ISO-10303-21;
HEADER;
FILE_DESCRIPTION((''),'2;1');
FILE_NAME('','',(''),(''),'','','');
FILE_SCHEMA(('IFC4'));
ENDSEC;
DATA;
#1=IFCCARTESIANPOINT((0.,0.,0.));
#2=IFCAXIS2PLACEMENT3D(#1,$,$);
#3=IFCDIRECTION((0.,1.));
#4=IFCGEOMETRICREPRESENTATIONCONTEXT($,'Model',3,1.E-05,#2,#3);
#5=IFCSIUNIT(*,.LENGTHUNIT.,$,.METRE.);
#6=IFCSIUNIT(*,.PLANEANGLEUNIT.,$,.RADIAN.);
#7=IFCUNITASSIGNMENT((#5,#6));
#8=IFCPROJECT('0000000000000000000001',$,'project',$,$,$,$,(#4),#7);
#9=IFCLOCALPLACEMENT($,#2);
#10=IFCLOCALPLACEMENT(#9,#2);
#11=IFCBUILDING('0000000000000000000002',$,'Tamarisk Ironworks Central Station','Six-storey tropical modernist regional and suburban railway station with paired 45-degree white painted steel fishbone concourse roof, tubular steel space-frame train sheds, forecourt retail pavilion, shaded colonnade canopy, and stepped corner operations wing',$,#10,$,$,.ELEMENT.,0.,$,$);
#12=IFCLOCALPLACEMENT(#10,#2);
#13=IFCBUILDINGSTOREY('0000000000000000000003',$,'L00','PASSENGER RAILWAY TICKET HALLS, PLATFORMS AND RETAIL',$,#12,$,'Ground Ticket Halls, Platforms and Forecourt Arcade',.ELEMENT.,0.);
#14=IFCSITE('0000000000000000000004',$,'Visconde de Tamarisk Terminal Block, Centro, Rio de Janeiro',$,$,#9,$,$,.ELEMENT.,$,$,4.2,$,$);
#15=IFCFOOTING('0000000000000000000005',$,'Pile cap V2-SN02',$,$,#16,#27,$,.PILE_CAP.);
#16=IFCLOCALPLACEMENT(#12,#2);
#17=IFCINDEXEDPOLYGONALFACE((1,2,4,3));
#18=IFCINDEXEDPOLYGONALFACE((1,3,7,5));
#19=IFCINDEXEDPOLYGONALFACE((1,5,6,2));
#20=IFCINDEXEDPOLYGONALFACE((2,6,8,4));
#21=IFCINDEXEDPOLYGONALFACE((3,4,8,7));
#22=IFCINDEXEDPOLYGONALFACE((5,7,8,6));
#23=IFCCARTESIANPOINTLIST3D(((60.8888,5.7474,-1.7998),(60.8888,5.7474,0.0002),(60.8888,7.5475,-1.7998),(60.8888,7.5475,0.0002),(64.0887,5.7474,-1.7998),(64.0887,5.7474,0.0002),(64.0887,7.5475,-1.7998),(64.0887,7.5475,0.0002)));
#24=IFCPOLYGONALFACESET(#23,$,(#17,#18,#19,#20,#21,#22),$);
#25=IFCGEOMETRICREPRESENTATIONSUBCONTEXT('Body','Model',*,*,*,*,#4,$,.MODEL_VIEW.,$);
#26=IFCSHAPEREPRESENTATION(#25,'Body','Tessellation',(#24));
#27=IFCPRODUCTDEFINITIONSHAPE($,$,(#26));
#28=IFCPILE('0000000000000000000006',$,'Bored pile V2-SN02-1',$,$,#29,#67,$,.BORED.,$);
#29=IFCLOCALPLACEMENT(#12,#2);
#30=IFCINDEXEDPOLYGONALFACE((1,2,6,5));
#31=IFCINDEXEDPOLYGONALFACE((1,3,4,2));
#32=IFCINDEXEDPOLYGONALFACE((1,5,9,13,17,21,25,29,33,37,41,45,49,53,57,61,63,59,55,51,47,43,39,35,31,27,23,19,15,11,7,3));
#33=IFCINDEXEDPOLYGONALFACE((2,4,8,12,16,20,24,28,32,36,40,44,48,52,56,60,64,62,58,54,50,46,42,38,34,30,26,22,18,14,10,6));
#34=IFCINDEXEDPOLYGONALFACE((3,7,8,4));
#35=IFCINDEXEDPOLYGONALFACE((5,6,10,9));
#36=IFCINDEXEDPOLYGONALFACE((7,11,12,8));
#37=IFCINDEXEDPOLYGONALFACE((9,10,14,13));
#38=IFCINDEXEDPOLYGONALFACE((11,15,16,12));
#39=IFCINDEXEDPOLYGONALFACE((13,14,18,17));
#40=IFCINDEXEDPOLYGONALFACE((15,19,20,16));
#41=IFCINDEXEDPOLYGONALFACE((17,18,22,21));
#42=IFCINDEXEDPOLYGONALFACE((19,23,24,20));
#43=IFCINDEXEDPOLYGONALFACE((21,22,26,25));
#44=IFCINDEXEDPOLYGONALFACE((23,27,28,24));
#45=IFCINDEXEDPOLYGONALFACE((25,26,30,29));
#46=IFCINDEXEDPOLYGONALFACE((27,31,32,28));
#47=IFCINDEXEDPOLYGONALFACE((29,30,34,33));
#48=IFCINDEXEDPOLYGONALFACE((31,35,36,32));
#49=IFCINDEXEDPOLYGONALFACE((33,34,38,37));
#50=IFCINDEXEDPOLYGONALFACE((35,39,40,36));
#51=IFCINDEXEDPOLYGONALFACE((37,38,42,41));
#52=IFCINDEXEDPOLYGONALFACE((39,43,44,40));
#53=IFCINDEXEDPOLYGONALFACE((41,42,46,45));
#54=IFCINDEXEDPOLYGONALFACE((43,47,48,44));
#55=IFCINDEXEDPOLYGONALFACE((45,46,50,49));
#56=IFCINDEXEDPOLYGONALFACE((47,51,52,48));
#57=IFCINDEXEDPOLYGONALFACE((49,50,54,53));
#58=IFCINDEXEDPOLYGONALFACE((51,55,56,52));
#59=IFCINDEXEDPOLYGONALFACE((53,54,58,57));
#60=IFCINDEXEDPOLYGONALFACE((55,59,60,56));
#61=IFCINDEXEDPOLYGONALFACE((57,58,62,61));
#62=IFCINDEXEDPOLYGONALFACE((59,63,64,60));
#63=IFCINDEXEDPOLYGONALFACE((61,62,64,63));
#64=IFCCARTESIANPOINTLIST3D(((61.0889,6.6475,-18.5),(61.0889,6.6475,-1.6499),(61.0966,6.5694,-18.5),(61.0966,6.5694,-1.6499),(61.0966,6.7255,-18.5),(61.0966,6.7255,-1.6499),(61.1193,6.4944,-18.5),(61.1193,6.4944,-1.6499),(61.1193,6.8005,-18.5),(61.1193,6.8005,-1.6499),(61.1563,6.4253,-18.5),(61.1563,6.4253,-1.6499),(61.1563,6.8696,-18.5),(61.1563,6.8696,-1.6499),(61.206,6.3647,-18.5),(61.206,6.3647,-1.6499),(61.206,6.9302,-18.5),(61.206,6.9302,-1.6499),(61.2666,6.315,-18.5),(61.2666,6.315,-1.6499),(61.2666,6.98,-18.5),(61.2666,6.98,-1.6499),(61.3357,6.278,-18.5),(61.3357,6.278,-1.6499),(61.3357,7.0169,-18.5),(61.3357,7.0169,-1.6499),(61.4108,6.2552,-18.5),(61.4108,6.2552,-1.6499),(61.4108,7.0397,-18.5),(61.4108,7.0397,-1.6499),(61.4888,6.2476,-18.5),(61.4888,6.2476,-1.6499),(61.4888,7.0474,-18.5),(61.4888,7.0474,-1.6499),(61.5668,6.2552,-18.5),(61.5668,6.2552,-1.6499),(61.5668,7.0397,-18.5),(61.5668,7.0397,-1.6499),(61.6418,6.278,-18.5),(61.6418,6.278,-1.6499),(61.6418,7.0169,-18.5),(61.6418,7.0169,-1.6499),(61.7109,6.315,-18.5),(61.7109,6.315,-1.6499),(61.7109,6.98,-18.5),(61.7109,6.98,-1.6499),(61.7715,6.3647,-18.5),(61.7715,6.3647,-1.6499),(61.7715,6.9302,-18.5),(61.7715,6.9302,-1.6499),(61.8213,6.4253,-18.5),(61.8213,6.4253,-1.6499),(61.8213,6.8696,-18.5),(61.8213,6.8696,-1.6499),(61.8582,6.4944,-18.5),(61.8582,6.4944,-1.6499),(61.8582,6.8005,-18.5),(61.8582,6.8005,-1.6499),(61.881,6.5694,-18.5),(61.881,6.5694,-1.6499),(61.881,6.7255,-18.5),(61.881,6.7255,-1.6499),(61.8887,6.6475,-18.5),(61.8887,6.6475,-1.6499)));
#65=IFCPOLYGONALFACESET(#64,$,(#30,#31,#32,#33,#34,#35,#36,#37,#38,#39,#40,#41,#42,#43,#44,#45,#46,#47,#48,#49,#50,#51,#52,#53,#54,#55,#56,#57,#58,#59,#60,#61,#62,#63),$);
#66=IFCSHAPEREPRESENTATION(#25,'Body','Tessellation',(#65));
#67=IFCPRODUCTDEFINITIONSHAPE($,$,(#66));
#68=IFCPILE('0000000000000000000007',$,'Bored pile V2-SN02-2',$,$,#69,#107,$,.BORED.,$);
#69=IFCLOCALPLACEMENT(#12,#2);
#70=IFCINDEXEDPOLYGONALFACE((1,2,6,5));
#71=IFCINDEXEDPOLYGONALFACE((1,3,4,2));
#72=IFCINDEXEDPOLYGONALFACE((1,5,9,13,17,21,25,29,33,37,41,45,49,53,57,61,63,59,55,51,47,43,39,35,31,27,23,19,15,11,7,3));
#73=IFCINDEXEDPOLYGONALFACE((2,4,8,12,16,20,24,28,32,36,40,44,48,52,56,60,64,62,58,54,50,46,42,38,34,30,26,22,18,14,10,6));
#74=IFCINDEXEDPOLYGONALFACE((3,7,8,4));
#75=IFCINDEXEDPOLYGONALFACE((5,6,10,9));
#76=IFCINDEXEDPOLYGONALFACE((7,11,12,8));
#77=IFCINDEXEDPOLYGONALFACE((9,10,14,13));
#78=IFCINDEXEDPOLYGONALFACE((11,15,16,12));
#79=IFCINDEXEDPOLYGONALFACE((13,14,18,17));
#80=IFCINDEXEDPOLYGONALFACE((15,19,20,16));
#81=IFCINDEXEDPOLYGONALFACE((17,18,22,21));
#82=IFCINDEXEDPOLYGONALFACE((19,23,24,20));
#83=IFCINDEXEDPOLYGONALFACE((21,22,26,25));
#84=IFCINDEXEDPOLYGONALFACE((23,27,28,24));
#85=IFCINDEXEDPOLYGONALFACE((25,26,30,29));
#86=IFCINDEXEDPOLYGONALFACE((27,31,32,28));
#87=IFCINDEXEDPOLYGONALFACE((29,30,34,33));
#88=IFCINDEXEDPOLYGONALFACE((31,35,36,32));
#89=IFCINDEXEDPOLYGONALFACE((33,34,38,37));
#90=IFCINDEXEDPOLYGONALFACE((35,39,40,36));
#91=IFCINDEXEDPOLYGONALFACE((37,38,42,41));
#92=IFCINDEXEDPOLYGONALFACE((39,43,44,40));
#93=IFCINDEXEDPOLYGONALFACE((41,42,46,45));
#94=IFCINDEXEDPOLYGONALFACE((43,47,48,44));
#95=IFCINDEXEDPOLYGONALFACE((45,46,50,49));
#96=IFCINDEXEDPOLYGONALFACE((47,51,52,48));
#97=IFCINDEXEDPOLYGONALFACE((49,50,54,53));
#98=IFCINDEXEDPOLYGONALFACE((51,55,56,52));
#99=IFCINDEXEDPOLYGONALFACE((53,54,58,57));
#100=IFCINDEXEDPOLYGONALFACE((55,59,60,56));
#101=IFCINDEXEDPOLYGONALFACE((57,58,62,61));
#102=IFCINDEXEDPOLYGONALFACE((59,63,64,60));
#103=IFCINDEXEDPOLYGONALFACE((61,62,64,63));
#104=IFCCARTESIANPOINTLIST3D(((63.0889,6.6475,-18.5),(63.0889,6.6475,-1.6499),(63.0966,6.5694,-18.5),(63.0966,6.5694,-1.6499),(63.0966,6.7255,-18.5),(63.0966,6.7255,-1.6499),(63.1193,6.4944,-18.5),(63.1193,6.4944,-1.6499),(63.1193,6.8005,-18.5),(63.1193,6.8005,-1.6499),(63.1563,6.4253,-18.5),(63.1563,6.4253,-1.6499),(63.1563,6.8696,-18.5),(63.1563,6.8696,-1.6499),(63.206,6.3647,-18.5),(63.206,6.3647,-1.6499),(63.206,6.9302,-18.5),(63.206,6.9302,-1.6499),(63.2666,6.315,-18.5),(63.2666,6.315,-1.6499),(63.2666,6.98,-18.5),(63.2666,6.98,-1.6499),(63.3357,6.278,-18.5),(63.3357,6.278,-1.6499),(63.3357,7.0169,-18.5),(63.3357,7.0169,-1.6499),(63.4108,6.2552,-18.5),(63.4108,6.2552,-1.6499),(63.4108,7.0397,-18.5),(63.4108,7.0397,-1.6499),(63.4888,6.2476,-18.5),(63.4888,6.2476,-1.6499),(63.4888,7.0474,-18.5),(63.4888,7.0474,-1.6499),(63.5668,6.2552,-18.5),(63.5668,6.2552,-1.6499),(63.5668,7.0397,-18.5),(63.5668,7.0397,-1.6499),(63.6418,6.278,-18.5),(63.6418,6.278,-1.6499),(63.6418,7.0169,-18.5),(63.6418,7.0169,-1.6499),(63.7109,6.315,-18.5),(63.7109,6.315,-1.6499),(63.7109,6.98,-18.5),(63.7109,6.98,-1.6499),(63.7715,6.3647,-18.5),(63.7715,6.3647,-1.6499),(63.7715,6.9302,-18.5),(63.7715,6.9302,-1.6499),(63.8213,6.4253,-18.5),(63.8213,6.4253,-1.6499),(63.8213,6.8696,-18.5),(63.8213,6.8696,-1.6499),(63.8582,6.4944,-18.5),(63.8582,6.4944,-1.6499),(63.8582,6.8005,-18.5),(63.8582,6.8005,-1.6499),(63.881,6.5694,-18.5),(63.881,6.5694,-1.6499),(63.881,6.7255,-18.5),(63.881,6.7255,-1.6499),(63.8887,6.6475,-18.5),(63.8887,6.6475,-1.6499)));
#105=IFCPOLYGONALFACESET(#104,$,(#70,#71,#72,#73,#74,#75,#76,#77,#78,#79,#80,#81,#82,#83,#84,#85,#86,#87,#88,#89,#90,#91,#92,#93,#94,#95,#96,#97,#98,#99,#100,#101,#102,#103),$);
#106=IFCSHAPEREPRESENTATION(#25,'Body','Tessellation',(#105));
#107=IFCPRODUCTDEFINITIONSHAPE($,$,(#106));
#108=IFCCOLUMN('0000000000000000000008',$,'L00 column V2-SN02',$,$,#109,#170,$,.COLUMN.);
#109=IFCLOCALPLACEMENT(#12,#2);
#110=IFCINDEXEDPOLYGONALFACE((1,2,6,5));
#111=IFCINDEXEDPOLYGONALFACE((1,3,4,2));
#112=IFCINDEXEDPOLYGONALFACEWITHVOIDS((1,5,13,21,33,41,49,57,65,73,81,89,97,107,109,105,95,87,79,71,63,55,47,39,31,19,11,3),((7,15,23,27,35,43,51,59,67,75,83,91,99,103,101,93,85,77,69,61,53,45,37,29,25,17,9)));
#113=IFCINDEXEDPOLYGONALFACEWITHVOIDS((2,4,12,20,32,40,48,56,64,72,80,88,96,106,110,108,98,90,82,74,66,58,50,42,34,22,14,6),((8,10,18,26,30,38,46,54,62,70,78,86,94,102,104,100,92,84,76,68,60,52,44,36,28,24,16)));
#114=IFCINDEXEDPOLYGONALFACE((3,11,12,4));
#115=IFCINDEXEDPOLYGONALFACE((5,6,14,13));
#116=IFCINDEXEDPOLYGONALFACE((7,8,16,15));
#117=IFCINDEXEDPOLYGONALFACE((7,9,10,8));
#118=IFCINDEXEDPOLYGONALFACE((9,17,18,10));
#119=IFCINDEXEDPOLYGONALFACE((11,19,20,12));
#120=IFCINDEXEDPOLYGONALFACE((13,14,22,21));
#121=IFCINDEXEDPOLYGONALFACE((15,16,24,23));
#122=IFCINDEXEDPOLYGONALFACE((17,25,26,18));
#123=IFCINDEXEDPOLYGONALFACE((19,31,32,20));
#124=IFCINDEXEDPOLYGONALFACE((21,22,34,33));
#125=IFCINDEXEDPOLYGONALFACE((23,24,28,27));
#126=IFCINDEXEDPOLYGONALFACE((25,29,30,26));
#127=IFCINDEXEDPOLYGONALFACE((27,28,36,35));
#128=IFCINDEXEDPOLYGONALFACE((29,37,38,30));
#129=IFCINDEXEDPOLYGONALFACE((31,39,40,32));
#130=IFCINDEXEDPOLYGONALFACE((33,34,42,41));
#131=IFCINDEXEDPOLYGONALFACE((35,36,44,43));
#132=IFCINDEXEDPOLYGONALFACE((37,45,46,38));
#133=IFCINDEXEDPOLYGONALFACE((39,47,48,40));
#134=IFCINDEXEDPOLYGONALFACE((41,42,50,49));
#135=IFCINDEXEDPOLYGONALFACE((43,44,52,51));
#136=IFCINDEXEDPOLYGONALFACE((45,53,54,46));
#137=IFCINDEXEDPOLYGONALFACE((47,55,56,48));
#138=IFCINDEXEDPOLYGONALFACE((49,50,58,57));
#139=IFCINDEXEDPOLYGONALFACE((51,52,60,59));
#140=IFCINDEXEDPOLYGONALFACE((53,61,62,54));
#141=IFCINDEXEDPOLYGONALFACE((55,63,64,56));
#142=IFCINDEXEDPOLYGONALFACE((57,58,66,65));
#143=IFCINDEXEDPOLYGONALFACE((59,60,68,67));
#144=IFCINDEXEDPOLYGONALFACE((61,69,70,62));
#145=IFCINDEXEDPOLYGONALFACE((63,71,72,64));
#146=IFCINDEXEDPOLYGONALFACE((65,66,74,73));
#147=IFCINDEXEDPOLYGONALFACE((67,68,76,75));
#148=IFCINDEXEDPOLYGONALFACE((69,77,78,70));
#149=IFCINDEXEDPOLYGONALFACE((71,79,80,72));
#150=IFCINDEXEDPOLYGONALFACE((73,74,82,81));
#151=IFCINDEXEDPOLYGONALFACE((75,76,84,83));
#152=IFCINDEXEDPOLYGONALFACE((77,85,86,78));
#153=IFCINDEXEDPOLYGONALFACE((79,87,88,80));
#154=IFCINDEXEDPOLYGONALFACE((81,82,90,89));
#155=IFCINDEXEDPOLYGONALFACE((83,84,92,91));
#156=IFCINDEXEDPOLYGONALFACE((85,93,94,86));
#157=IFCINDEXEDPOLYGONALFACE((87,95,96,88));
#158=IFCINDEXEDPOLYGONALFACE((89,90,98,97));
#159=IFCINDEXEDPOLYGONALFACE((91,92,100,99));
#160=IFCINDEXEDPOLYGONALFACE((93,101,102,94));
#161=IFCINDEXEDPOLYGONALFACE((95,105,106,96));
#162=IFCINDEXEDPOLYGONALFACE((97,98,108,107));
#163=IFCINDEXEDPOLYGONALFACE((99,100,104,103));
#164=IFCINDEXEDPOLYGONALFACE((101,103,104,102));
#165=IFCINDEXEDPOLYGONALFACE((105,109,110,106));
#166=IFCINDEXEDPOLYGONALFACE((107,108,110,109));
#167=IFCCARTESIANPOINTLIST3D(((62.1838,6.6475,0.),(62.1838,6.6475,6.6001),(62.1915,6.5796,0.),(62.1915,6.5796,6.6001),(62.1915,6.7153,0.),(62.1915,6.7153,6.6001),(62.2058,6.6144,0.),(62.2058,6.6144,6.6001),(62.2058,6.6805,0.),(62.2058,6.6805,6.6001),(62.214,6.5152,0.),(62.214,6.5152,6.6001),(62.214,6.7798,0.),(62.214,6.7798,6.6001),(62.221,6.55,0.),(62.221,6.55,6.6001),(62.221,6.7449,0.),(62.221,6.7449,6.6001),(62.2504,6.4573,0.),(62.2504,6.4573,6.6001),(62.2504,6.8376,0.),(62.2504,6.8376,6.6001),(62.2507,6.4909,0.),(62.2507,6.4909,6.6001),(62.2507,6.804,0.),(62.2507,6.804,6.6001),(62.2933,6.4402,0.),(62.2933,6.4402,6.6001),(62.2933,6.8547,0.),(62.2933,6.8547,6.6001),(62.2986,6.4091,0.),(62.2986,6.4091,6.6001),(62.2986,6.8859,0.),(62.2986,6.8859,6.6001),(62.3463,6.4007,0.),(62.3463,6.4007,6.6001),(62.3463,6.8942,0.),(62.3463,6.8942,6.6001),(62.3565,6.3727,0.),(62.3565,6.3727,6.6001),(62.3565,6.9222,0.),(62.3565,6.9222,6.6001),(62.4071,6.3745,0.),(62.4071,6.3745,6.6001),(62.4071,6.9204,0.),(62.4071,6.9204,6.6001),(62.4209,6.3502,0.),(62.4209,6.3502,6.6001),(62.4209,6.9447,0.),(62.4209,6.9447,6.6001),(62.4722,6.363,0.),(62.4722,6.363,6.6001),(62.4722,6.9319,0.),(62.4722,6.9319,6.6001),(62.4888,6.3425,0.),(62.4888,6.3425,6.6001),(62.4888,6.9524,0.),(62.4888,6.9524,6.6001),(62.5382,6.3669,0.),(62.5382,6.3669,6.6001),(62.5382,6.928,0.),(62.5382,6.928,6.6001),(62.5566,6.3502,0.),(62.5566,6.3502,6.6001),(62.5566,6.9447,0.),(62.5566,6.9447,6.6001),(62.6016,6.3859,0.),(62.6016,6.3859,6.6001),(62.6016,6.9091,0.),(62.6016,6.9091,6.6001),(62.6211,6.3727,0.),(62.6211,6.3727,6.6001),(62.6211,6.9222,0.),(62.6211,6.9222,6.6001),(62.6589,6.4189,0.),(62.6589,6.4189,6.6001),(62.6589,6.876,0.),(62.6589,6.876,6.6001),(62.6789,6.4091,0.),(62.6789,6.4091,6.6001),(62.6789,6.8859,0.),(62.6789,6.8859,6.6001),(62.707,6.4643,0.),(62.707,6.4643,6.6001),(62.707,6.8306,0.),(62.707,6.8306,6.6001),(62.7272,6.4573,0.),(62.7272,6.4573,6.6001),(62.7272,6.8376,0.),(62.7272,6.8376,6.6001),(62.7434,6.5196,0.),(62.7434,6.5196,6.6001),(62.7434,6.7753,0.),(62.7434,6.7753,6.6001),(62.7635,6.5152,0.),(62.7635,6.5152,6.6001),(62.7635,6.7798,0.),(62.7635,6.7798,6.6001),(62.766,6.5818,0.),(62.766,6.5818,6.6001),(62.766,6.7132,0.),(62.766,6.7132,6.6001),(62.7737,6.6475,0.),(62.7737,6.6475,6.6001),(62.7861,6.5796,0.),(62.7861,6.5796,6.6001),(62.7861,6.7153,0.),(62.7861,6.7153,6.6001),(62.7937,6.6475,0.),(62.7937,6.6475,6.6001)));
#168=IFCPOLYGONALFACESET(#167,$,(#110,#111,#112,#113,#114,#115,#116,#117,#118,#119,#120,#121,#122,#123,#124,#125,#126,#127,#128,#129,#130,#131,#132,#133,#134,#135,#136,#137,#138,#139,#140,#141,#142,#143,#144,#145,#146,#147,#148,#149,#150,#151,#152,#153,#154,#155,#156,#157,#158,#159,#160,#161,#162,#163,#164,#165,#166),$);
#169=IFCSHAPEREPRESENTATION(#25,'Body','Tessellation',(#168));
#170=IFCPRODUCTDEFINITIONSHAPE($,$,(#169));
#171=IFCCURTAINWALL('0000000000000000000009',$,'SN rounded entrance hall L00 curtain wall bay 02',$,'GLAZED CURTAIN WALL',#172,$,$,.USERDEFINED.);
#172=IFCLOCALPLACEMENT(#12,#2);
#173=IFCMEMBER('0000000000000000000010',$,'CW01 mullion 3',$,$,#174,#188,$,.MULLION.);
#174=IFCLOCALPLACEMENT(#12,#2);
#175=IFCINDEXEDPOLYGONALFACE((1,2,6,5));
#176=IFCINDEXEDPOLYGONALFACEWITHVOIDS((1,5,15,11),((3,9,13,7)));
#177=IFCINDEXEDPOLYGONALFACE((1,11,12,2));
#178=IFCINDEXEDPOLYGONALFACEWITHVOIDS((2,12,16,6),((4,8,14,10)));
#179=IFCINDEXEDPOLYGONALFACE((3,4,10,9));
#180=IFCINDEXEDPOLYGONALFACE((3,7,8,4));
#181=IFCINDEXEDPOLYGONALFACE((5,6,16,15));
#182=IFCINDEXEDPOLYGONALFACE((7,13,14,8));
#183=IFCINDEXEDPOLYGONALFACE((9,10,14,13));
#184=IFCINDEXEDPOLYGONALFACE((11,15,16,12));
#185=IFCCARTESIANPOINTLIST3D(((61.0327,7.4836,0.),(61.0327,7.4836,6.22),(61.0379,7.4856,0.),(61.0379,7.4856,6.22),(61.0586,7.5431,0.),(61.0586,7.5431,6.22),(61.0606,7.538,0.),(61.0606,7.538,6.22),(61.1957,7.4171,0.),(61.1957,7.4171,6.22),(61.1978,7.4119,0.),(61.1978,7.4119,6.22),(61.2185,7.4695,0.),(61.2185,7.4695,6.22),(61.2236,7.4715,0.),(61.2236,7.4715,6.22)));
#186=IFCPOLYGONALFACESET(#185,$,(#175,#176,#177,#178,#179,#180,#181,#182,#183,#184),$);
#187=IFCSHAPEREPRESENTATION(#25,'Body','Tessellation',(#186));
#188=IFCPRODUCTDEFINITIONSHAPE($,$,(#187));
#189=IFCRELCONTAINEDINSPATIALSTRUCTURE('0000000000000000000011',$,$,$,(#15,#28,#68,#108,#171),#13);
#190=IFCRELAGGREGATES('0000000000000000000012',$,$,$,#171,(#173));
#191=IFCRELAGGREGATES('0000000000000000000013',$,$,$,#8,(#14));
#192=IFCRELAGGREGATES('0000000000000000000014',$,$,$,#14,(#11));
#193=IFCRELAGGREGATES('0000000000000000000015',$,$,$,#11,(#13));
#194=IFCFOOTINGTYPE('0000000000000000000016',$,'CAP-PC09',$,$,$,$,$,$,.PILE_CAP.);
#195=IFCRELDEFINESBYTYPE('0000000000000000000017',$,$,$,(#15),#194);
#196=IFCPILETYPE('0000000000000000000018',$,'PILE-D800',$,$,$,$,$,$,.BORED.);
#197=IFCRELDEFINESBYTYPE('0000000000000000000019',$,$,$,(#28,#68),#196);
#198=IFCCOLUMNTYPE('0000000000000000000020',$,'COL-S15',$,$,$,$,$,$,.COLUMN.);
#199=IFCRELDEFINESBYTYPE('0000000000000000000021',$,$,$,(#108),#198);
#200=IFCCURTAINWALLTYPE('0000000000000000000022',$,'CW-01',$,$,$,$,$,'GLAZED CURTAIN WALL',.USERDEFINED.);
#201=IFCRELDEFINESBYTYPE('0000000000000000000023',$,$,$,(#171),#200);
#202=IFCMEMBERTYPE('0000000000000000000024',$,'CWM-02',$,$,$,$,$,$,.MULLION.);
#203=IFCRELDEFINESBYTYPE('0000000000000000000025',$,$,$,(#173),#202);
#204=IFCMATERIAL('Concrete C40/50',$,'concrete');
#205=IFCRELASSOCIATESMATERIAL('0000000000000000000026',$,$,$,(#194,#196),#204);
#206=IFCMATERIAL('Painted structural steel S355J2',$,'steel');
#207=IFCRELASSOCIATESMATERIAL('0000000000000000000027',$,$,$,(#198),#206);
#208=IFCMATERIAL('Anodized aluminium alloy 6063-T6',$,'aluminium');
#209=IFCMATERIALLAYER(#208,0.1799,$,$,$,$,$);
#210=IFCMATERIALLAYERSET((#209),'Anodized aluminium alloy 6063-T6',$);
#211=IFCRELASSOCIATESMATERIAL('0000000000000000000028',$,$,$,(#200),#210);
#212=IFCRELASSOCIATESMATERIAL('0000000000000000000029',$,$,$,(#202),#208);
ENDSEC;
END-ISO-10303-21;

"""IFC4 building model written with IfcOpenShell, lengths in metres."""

from ifc_helpers import new_model, si_unit, direction, frame, origin, origin_2d, place, context, subcontext, project, spatial, rectangle, hollow_rectangle, circle, hollow_circle, extrude, material, layer, layer_set, material_profile, profile_set, type_object, element, aggregate, save


model = new_model("IFC4")

# Units and contexts
model_context = context("Model", 3, precision=1e-05, world=origin(), true_north=direction((0.0, 1.0)))
body_context = subcontext(model_context, "Body", "Model", "MODEL_VIEW")
ifc_project = project(units=[si_unit("LENGTHUNIT", "METRE"), si_unit("PLANEANGLEUNIT", "RADIAN")], contexts=[model_context])

# Site, building, storey
site_placement = place(None, origin())
site = spatial("IfcSite", under=ifc_project, at=site_placement, Name="Visconde de Tamarisk Terminal Block, Centro, Rio de Janeiro", CompositionType="ELEMENT", RefElevation=4.2)
building_placement = place(site_placement, origin())
building = spatial("IfcBuilding", under=site, at=building_placement, Name="Tamarisk Ironworks Central Station", Description="Six-storey tropical modernist regional and suburban railway station with paired 45-degree white painted steel fishbone concourse roof, tubular steel space-frame train sheds, forecourt retail pavilion, shaded colonnade canopy, and stepped corner operations wing", CompositionType="ELEMENT", ElevationOfRefHeight=0.0)
storey_placement = place(building_placement, origin())
storey = spatial("IfcBuildingStorey", under=building, at=storey_placement, Name="L00", Description="PASSENGER RAILWAY TICKET HALLS, PLATFORMS AND RETAIL", LongName="Ground Ticket Halls, Platforms and Forecourt Arcade", CompositionType="ELEMENT", Elevation=0.0)

# Footing
ifc_material_1 = material(Name="Concrete C40/50", Category="concrete")
footing_type = type_object("IfcFootingType", Name="CAP-PC09", PredefinedType="PILE_CAP", material=ifc_material_1)
footing_placement = place(storey_placement, frame((62.4888, 6.6475, -1.7998), z_axis=(0.0, 0.0, 1.0), x_axis=(1.0, 0.0, 0.0)))
element("IfcFooting", 1, at=footing_placement, inside=storey, type_object=footing_type, Name="Pile cap V2-SN02", PredefinedType="PILE_CAP", context=body_context, shape_type="SweptSolid", body=[
    extrude(rectangle(XDim=3.2, YDim=1.8, at=origin_2d()), origin(), (0.0, 0.0, 1.0), 1.8),
])

# Piles
ifc_material_profile_1 = material_profile(ifc_material_1, circle(Radius=0.3999, at=origin_2d()), Name="BORED PILE D800")
ifc_profile_set_1 = profile_set([ifc_material_profile_1], Name="Concrete C40/50")
pile_type = type_object("IfcPileType", Name="PILE-D800", PredefinedType="BORED", material=ifc_profile_set_1)
for number, where, z_axis, x_axis, name in (
    (2, (61.4888, 6.6475, -1.6499), (0.0, 0.0, -1.0), (1.0, 0.0, 0.0), "Bored pile V2-SN02-1"),
    (3, (63.4888, 6.6475, -1.6499), (0.0, 0.0, -1.0), (1.0, 0.0, 0.0), "Bored pile V2-SN02-2"),
):
    element("IfcPile", number, at=place(storey_placement, frame(where, z_axis=z_axis, x_axis=x_axis)), inside=storey, type_object=pile_type, Name=name, PredefinedType="BORED", context=body_context, shape_type="SweptSolid", body=[
        extrude(circle(Radius=0.3999, at=origin_2d()), origin(), (0.0, 0.0, 1.0), 16.8501),
    ])

# Column
ifc_material_2 = material(Name="Painted structural steel S355J2", Category="steel")
ifc_material_profile_2 = material_profile(ifc_material_2, hollow_circle(Radius=0.3049, WallThickness=0.02, at=origin_2d()), Name="CHS 610x20")
ifc_profile_set_2 = profile_set([ifc_material_profile_2], Name="Painted structural steel S355J2")
column_type = type_object("IfcColumnType", Name="COL-S15", PredefinedType="COLUMN", material=ifc_profile_set_2)
column_placement = place(storey_placement, frame((62.4888, 6.6475, 0.0), z_axis=(0.0, 0.0, 1.0), x_axis=(1.0, 0.0, 0.0)))
element("IfcColumn", 4, at=column_placement, inside=storey, type_object=column_type, Name="L00 column V2-SN02", PredefinedType="COLUMN", context=body_context, shape_type="SweptSolid", body=[
    extrude(hollow_circle(Radius=0.3049, WallThickness=0.02, at=origin_2d()), origin(), (0.0, 0.0, 1.0), 6.6001),
])

# Curtain wall, member
ifc_material_3 = material(Name="Anodized aluminium alloy 6063-T6", Category="aluminium")
ifc_layer_1 = layer(ifc_material_3, 0.1799)
ifc_layer_set_1 = layer_set([ifc_layer_1], Name="Anodized aluminium alloy 6063-T6")
curtain_wall_type = type_object("IfcCurtainWallType", Name="CW-01", ElementType="GLAZED CURTAIN WALL", PredefinedType="USERDEFINED", material=ifc_layer_set_1)
curtain_wall_1_placement = place(storey_placement, origin())
curtain_wall_1 = element("IfcCurtainWall", 5, at=curtain_wall_1_placement, inside=storey, type_object=curtain_wall_type, Name="SN rounded entrance hall L00 curtain wall bay 02", ObjectType="GLAZED CURTAIN WALL", PredefinedType="USERDEFINED")
ifc_material_profile_3 = material_profile(ifc_material_3, hollow_rectangle(XDim=0.0649, YDim=0.1799, WallThickness=0.0039, at=origin_2d()), Name="ALUM 180x65")
ifc_profile_set_3 = profile_set([ifc_material_profile_3], Name="Anodized aluminium alloy 6063-T6")
member_type_1 = type_object("IfcMemberType", Name="CWM-02", PredefinedType="MULLION", material=ifc_profile_set_3)
member_1_placement = place(storey_placement, frame((61.1282, 7.4775, 0.0), z_axis=(0.0, 0.0, 1.0), x_axis=(0.398077, 0.917352, 0.0)))
member_1 = element("IfcMember", 6, at=member_1_placement, type_object=member_type_1, Name="CW01 mullion 3", PredefinedType="MULLION", context=body_context, shape_type="SweptSolid", body=[
    extrude(hollow_rectangle(XDim=0.0649, YDim=0.1799, WallThickness=0.0039, at=origin_2d()), origin(), (0.0, 0.0, 1.0), 6.22),
])

aggregate(curtain_wall_1, [member_1])

save(model, "model.ifc")
